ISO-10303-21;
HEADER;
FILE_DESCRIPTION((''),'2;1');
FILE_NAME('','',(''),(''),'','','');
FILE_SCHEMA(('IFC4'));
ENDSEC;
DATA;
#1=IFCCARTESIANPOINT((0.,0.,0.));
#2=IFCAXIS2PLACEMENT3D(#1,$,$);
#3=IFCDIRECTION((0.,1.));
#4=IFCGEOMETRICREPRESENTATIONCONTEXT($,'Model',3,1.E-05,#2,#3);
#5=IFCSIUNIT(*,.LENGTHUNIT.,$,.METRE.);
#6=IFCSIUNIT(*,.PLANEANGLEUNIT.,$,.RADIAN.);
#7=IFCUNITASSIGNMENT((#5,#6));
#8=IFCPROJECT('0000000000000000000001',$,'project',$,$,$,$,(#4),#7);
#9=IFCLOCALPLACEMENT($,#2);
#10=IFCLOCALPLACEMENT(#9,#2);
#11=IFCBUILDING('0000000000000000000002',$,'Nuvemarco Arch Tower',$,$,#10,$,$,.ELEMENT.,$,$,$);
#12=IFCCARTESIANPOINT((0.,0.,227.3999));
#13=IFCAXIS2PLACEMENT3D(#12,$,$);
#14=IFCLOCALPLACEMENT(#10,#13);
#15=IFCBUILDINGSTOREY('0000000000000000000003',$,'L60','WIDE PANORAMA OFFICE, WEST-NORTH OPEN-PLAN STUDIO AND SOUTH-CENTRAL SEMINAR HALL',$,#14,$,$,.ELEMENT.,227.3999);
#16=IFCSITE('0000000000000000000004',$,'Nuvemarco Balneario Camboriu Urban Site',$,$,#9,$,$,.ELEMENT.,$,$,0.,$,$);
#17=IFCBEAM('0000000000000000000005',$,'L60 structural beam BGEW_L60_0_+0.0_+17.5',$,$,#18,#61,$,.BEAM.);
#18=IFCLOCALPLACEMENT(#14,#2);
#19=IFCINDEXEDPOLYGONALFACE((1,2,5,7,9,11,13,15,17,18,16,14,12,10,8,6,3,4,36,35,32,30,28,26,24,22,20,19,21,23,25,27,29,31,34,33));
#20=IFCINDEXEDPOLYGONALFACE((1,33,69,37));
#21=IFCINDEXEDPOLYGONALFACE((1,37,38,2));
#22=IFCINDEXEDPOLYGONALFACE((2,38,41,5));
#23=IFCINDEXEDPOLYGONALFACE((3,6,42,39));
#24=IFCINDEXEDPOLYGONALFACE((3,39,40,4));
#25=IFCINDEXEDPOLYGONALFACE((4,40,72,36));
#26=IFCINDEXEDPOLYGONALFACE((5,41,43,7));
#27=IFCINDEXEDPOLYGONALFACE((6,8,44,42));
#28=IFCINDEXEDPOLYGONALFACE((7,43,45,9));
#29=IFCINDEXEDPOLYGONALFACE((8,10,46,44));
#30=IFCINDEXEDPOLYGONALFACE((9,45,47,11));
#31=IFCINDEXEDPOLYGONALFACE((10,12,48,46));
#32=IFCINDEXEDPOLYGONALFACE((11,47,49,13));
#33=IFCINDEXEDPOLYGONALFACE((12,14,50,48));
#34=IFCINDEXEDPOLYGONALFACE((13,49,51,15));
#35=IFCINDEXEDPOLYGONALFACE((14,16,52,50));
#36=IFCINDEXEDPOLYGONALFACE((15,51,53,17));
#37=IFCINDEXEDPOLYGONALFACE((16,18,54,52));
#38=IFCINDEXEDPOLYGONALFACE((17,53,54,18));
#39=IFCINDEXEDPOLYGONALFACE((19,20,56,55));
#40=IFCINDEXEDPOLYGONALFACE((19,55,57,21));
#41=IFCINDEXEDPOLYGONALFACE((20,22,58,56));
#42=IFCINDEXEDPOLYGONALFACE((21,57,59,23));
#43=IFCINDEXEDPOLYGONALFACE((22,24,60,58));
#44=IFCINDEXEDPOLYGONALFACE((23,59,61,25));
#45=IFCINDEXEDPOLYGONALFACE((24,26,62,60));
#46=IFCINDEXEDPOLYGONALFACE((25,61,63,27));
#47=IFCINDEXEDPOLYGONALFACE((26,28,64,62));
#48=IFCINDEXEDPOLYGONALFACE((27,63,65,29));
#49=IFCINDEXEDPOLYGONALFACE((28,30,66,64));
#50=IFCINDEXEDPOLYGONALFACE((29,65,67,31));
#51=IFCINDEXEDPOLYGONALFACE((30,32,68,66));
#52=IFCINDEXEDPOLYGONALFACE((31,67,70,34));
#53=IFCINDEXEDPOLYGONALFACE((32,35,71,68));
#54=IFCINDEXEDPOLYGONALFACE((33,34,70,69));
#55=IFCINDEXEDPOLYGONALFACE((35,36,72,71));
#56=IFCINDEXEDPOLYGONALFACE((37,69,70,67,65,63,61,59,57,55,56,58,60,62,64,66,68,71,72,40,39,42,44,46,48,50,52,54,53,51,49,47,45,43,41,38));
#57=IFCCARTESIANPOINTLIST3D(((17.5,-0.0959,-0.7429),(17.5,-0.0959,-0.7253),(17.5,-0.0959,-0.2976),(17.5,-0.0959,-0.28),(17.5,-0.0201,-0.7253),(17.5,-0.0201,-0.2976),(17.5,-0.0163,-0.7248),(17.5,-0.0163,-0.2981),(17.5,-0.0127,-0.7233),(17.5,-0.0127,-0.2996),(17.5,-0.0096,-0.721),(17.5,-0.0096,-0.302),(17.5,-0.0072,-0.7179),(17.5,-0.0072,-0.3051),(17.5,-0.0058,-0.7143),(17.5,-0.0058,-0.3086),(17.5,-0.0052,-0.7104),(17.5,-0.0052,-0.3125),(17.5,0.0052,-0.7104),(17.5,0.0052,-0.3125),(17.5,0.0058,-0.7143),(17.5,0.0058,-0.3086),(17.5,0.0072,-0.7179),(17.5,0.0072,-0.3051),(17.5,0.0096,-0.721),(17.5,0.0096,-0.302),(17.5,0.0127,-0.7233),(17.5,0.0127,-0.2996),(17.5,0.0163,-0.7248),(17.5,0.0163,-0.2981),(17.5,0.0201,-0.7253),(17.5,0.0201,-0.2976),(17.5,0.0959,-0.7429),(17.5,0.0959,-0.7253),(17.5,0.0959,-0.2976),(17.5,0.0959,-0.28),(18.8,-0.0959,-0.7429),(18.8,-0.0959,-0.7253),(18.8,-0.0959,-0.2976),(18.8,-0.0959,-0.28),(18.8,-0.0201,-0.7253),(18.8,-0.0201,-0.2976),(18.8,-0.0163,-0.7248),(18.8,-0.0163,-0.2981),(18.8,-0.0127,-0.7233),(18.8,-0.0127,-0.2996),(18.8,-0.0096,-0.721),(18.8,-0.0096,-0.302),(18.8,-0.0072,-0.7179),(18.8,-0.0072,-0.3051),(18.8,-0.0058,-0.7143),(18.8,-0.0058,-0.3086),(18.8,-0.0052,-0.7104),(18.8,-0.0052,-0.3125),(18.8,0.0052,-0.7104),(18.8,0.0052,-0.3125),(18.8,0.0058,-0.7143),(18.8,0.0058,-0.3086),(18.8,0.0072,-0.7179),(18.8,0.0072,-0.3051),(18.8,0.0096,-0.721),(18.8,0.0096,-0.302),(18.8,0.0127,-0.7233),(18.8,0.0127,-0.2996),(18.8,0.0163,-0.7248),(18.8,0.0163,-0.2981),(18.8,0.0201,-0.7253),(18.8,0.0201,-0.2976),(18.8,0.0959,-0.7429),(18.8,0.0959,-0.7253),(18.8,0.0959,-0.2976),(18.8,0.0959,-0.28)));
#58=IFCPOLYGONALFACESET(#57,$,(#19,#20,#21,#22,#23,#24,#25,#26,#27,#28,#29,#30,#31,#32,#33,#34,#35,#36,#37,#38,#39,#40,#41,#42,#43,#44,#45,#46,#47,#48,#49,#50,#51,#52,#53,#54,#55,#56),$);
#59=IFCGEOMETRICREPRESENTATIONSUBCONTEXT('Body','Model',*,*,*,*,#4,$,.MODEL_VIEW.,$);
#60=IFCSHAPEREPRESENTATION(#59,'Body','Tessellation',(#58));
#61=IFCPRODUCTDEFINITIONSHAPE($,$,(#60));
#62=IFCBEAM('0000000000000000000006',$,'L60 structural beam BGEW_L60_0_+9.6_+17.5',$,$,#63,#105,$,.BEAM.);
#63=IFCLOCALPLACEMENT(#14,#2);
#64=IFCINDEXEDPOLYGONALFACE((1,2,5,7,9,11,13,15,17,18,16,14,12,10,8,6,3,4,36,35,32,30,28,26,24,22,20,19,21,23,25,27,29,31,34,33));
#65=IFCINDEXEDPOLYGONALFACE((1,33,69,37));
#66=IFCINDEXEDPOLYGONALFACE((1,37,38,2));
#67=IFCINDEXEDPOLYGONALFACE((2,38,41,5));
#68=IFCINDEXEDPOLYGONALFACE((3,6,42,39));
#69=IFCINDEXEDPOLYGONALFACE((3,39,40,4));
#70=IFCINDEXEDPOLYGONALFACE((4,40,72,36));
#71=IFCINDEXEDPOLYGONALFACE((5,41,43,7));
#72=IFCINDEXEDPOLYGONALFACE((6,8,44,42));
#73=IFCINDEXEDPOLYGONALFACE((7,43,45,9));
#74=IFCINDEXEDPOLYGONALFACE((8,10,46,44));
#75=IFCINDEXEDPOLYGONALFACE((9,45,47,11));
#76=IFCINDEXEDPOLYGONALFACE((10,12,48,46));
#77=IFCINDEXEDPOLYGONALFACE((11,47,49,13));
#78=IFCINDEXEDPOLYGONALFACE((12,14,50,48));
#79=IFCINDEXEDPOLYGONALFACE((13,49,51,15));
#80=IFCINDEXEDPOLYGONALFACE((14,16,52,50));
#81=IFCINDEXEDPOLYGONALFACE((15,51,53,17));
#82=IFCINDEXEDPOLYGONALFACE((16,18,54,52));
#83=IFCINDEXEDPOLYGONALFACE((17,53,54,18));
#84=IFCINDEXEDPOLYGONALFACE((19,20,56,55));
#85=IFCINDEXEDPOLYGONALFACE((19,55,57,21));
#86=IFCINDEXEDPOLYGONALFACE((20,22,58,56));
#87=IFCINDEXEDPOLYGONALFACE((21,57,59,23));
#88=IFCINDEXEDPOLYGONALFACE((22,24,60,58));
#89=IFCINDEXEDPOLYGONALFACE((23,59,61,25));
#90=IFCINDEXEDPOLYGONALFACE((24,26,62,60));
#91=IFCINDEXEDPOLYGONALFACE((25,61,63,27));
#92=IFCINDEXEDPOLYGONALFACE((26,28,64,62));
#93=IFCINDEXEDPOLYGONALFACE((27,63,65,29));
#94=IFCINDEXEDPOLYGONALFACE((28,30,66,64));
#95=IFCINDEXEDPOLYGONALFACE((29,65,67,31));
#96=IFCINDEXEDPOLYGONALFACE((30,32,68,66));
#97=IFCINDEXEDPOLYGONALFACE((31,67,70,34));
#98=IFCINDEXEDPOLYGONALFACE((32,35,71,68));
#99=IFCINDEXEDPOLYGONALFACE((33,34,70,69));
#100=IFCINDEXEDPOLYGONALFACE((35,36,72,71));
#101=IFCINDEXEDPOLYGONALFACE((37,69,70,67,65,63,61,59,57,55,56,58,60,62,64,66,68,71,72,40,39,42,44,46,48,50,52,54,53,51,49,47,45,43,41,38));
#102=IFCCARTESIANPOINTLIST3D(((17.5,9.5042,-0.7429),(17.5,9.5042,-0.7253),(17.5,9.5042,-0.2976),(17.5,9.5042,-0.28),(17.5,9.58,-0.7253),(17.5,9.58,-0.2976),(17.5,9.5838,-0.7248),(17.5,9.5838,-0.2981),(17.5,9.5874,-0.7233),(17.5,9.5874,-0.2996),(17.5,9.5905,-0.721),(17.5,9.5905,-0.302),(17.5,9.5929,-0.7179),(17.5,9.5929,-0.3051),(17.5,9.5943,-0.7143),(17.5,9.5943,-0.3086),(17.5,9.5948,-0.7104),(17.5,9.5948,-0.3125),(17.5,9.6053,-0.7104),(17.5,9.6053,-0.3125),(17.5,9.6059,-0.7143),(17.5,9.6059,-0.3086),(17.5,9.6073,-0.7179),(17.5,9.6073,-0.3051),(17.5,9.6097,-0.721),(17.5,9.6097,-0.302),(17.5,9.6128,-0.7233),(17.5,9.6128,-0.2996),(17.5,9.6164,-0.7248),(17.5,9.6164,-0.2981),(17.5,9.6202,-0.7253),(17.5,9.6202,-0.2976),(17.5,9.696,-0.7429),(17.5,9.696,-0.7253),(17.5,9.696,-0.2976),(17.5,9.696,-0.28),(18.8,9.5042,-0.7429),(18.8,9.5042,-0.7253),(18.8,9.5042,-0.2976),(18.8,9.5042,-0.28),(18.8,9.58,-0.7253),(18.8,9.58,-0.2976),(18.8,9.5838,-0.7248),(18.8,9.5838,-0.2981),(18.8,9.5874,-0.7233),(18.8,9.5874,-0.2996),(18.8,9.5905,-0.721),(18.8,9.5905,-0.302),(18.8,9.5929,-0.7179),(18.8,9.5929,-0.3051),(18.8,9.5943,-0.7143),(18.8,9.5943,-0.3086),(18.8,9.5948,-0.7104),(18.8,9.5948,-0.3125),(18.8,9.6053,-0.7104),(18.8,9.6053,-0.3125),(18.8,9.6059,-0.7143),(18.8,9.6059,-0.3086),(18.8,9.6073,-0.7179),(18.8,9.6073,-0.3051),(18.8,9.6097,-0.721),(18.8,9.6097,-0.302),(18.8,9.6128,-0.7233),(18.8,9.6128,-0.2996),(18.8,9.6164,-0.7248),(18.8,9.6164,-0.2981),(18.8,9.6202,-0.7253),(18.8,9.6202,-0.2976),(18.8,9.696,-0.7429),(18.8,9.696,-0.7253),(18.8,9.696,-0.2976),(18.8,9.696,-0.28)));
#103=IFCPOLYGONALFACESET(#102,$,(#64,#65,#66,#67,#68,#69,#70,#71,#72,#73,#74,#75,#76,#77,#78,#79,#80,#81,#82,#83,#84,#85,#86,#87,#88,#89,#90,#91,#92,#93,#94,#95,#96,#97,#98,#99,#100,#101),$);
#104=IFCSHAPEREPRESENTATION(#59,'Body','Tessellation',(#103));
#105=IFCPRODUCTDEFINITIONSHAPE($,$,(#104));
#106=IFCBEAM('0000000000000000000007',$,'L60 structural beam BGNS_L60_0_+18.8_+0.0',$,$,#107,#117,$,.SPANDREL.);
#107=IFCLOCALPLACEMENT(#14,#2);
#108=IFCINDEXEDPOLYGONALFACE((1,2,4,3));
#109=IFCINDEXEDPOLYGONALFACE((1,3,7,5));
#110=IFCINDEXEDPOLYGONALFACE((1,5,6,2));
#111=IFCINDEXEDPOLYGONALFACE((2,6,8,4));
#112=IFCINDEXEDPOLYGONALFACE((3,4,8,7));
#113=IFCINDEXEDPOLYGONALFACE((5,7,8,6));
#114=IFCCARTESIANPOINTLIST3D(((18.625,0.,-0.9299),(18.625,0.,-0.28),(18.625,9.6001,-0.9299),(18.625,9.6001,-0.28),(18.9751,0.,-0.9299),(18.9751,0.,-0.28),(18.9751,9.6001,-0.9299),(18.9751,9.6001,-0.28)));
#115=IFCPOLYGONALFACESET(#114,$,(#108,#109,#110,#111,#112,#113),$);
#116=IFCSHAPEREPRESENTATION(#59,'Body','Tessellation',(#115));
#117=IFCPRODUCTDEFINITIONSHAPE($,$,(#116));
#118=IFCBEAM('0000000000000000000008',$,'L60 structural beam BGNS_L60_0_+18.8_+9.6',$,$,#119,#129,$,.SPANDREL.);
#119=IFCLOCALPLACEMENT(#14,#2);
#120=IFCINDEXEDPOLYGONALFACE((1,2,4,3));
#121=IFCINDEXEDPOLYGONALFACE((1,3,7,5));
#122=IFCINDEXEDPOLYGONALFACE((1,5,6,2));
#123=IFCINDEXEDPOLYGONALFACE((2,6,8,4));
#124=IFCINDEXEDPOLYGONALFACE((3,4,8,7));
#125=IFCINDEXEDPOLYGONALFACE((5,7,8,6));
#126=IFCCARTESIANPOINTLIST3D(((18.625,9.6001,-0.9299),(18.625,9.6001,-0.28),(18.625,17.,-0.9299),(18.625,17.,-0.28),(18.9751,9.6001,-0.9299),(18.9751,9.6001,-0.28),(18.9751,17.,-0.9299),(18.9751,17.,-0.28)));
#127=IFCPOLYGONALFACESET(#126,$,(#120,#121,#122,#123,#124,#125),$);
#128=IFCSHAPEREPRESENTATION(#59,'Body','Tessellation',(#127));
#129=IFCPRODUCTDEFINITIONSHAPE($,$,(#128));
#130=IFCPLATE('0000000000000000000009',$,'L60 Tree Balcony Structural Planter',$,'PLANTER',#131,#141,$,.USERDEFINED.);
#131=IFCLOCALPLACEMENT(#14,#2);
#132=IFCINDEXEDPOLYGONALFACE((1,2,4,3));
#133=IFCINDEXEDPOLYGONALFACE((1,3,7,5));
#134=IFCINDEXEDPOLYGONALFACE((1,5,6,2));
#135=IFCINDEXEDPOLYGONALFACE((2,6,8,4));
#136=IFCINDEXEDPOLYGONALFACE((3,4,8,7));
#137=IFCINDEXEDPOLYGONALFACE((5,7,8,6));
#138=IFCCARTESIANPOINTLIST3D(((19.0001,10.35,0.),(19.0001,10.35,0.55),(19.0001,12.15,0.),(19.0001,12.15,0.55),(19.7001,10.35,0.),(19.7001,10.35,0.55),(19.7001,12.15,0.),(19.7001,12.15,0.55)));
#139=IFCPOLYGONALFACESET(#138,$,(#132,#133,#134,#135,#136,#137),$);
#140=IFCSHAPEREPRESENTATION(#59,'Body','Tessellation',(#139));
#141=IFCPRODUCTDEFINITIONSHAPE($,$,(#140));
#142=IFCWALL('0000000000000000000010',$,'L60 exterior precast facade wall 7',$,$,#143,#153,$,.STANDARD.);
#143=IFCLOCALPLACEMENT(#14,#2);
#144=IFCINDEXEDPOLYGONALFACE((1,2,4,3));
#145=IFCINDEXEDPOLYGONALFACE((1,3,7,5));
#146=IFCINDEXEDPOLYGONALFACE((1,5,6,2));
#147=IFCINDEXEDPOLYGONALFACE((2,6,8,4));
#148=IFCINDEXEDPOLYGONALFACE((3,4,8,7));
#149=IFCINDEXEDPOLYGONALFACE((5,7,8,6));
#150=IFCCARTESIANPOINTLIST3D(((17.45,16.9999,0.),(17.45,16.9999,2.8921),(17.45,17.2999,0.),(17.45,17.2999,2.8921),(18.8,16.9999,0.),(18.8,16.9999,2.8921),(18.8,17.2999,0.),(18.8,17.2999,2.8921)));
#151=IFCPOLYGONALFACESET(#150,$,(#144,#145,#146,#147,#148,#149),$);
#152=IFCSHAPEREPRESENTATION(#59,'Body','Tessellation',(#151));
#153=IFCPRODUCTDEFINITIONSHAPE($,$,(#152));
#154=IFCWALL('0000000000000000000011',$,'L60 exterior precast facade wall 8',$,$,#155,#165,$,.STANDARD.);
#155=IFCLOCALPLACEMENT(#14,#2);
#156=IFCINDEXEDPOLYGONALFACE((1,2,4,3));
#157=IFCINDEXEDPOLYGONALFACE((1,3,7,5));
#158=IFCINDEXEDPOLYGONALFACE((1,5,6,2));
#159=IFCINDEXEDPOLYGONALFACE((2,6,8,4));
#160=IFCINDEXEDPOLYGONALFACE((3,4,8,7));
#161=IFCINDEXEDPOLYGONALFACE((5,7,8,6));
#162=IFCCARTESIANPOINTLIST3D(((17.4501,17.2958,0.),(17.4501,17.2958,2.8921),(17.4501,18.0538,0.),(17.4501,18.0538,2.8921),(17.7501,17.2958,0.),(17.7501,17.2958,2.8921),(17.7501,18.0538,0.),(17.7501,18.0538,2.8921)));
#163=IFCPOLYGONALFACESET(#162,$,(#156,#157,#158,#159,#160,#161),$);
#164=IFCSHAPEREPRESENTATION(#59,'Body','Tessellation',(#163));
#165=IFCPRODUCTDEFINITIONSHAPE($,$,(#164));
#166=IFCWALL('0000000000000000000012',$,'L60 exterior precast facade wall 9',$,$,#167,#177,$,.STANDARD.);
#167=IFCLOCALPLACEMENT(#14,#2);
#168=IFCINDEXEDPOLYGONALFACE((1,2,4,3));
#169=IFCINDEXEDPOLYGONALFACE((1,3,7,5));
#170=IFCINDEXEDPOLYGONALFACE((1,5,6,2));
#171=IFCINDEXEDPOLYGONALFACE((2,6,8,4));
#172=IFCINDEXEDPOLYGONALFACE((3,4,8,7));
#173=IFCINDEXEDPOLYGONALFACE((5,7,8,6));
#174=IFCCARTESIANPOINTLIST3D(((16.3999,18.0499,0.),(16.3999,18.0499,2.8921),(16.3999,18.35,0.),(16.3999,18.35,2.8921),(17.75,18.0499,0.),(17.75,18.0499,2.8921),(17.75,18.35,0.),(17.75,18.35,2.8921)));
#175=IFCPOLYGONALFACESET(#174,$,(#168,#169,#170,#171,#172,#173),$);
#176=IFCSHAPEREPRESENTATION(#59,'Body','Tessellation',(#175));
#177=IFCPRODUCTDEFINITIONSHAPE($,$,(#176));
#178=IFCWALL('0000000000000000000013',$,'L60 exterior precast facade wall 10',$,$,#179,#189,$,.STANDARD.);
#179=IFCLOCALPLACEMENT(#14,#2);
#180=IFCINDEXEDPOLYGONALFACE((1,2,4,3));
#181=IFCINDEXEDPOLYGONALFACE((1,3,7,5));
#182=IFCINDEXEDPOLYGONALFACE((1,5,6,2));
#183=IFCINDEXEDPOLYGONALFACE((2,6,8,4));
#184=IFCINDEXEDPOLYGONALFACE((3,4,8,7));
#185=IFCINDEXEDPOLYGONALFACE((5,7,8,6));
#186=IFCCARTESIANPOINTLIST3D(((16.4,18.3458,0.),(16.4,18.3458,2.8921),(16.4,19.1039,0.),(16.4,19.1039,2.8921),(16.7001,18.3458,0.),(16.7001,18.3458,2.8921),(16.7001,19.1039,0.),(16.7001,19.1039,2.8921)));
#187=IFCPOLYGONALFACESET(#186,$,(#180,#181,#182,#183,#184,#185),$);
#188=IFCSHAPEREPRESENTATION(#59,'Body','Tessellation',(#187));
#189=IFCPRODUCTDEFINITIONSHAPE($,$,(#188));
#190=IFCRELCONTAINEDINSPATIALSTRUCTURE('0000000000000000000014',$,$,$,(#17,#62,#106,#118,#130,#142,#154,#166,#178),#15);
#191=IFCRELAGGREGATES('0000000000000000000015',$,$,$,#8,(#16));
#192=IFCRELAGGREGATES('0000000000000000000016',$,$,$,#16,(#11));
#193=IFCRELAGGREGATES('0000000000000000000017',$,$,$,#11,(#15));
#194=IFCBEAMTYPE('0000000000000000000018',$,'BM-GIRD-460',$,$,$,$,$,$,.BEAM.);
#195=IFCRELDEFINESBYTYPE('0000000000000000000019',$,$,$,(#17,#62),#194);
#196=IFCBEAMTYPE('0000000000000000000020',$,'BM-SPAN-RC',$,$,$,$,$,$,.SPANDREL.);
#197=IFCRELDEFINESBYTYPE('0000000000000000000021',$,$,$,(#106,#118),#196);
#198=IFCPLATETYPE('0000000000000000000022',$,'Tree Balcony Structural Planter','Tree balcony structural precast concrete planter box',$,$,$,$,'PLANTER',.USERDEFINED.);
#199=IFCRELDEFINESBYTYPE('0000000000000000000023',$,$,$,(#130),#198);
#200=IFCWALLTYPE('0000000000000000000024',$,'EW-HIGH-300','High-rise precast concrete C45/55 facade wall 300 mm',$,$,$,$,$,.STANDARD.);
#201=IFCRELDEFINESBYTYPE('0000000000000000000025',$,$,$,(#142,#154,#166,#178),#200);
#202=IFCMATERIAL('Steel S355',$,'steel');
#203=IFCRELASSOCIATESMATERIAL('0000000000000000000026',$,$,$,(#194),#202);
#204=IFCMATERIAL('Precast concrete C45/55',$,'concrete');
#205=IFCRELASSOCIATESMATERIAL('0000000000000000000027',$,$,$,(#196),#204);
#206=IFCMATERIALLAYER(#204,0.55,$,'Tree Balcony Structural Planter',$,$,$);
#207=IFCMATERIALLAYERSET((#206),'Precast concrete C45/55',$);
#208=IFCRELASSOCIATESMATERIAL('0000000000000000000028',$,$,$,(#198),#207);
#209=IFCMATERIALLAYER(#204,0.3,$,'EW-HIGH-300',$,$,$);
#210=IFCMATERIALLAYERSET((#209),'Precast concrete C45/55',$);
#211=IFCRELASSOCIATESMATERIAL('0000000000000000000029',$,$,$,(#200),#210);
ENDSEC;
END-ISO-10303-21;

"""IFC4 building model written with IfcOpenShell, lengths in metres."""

from ifc_helpers import new_model, si_unit, direction, frame, frame_2d, origin, origin_2d, place, context, subcontext, project, spatial, rectangle, i_section, extrude, source, transform, mapped, material, layer, layer_set, material_profile, profile_set, type_object, type_shapes, element, save


model = new_model("IFC4")

# Units and contexts
model_context = context("Model", 3, precision=1e-05, world=origin(), true_north=direction((0.0, 1.0)))
body_context = subcontext(model_context, "Body", "Model", "MODEL_VIEW")
ifc_project = project(units=[si_unit("LENGTHUNIT", "METRE"), si_unit("PLANEANGLEUNIT", "RADIAN")], contexts=[model_context])

# Site, building, storey
site_placement = place(None, origin())
site = spatial("IfcSite", under=ifc_project, at=site_placement, Name="Nuvemarco Balneario Camboriu Urban Site", CompositionType="ELEMENT", RefElevation=0.0)
building_placement = place(site_placement, origin())
building = spatial("IfcBuilding", under=site, at=building_placement, Name="Nuvemarco Arch Tower", CompositionType="ELEMENT")
storey_placement = place(building_placement, frame((0.0, 0.0, 227.3999)))
storey = spatial("IfcBuildingStorey", under=building, at=storey_placement, Name="L60", Description="WIDE PANORAMA OFFICE, WEST-NORTH OPEN-PLAN STUDIO AND SOUTH-CENTRAL SEMINAR HALL", CompositionType="ELEMENT", Elevation=227.3999)

# Shared definitions
ifc_material_1 = material(Name="Steel S355", Category="steel")

# Beams
ifc_material_profile_1 = material_profile(ifc_material_1, i_section(OverallWidth=0.1919, OverallDepth=0.4629, WebThickness=0.0105, FlangeThickness=0.0176, FilletRadius=0.0149, at=origin_2d()), Name="W460x89")
ifc_profile_set_1 = profile_set([ifc_material_profile_1], Name="Steel S355")
beam_type_1 = type_object("IfcBeamType", Name="BM-GIRD-460", PredefinedType="BEAM", material=ifc_profile_set_1)
for number, where, z_axis, x_axis, name in (
    (1, (17.5, 0.0, -0.5115), (1.0, 0.0, 0.0), (0.0, 1.0, 0.0), "L60 structural beam BGEW_L60_0_+0.0_+17.5"),
    (2, (17.5, 9.6001, -0.5115), (1.0, 0.0, 0.0), (0.0, 1.0, 0.0), "L60 structural beam BGEW_L60_0_+9.6_+17.5"),
):
    element("IfcBeam", number, at=place(storey_placement, frame(where, z_axis=z_axis, x_axis=x_axis)), inside=storey, type_object=beam_type_1, Name=name, PredefinedType="BEAM", context=body_context, shape_type="SweptSolid", body=[
        extrude(i_section(OverallWidth=0.1919, OverallDepth=0.4629, WebThickness=0.0105, FlangeThickness=0.0176, FilletRadius=0.0149, at=origin_2d()), origin(), (0.0, 0.0, 1.0), 1.3),
    ])
ifc_material_2 = material(Name="Precast concrete C45/55", Category="concrete")
ifc_material_profile_2 = material_profile(ifc_material_2, rectangle(XDim=0.3501, YDim=0.6499, at=origin_2d()), Name="PC-SP-350x650")
ifc_profile_set_2 = profile_set([ifc_material_profile_2], Name="Precast concrete C45/55")
beam_type_2 = type_object("IfcBeamType", Name="BM-SPAN-RC", PredefinedType="SPANDREL", material=ifc_profile_set_2)
beam_1_placement = place(storey_placement, frame((18.8, 0.0, -0.605), z_axis=(0.0, 1.0, 0.0), x_axis=(-1.0, 0.0, 0.0)))
element("IfcBeam", 3, at=beam_1_placement, inside=storey, type_object=beam_type_2, Name="L60 structural beam BGNS_L60_0_+18.8_+0.0", PredefinedType="SPANDREL", context=body_context, shape_type="SweptSolid", body=[
    extrude(rectangle(XDim=0.3501, YDim=0.6499, at=origin_2d()), origin(), (0.0, 0.0, 1.0), 9.6001),
])
beam_2_placement = place(storey_placement, frame((18.8, 9.6001, -0.605), z_axis=(0.0, 1.0, 0.0), x_axis=(-1.0, 0.0, 0.0)))
element("IfcBeam", 4, at=beam_2_placement, inside=storey, type_object=beam_type_2, Name="L60 structural beam BGNS_L60_0_+18.8_+9.6", PredefinedType="SPANDREL", context=body_context, shape_type="SweptSolid", body=[
    extrude(rectangle(XDim=0.3501, YDim=0.6499, at=origin_2d()), origin(), (0.0, 0.0, 1.0), 7.3999),
])

# Plate
ifc_layer_1 = layer(ifc_material_2, 0.55, Name="Tree Balcony Structural Planter")
ifc_layer_set_1 = layer_set([ifc_layer_1], Name="Precast concrete C45/55")
plate_type = type_object("IfcPlateType", Name="Tree Balcony Structural Planter", Description="Tree balcony structural precast concrete planter box", ElementType="PLANTER", PredefinedType="USERDEFINED", material=ifc_layer_set_1)
shared_shape_1 = source(origin(), body_context, "Body", "SweptSolid", [
    extrude(rectangle(XDim=1.8, YDim=0.7, at=origin_2d()), origin(), (0.0, 0.0, 1.0), 0.55),
])
type_shapes(plate_type, [shared_shape_1])
plate_placement = place(storey_placement, frame((19.3501, 11.25, 0.0), z_axis=(0.0, 0.0, 1.0), x_axis=(0.0, 1.0, 0.0)))
element("IfcPlate", 5, at=plate_placement, inside=storey, type_object=plate_type, Name="L60 Tree Balcony Structural Planter", ObjectType="PLANTER", PredefinedType="USERDEFINED", context=body_context, shape_type="MappedRepresentation", body=[
    mapped(shared_shape_1, transform((0.0, 0.0, 0.0), scale=1.0)),
])

# Walls
ifc_layer_2 = layer(ifc_material_2, 0.3, Name="EW-HIGH-300")
ifc_layer_set_2 = layer_set([ifc_layer_2], Name="Precast concrete C45/55")
wall_type_1 = type_object("IfcWallType", Name="EW-HIGH-300", Description="High-rise precast concrete C45/55 facade wall 300 mm", PredefinedType="STANDARD", material=ifc_layer_set_2)
wall_1_placement = place(storey_placement, frame((17.45, 17.1499, 0.0), z_axis=(0.0, 0.0, 1.0), x_axis=(1.0, 0.0, 0.0)))
element("IfcWall", 6, at=wall_1_placement, inside=storey, type_object=wall_type_1, Name="L60 exterior precast facade wall 7", PredefinedType="STANDARD", context=body_context, shape_type="SweptSolid", body=[
    extrude(rectangle(XDim=1.3501, YDim=0.3, at=frame_2d((0.675, 0.0))), origin(), (0.0, 0.0, 1.0), 2.8921),
])
wall_2_placement = place(storey_placement, frame((17.6001, 17.2959, 0.0), z_axis=(0.0, 0.0, 1.0), x_axis=(0.0, 1.0, 0.0)))
element("IfcWall", 7, at=wall_2_placement, inside=storey, type_object=wall_type_1, Name="L60 exterior precast facade wall 8", PredefinedType="STANDARD", context=body_context, shape_type="SweptSolid", body=[
    extrude(rectangle(XDim=0.7581, YDim=0.3, at=frame_2d((0.3789, 0.0))), origin(), (0.0, 0.0, 1.0), 2.8921),
])
wall_3_placement = place(storey_placement, frame((16.3999, 18.2, 0.0), z_axis=(0.0, 0.0, 1.0), x_axis=(1.0, 0.0, 0.0)))
element("IfcWall", 8, at=wall_3_placement, inside=storey, type_object=wall_type_1, Name="L60 exterior precast facade wall 9", PredefinedType="STANDARD", context=body_context, shape_type="SweptSolid", body=[
    extrude(rectangle(XDim=1.3501, YDim=0.3, at=frame_2d((0.675, 0.0))), origin(), (0.0, 0.0, 1.0), 2.8921),
])
wall_4_placement = place(storey_placement, frame((16.55, 18.3459, 0.0), z_axis=(0.0, 0.0, 1.0), x_axis=(0.0, 1.0, 0.0)))
element("IfcWall", 9, at=wall_4_placement, inside=storey, type_object=wall_type_1, Name="L60 exterior precast facade wall 10", PredefinedType="STANDARD", context=body_context, shape_type="SweptSolid", body=[
    extrude(rectangle(XDim=0.7581, YDim=0.3, at=frame_2d((0.3789, 0.0))), origin(), (0.0, 0.0, 1.0), 2.8921),
])

save(model, "model.ifc")
